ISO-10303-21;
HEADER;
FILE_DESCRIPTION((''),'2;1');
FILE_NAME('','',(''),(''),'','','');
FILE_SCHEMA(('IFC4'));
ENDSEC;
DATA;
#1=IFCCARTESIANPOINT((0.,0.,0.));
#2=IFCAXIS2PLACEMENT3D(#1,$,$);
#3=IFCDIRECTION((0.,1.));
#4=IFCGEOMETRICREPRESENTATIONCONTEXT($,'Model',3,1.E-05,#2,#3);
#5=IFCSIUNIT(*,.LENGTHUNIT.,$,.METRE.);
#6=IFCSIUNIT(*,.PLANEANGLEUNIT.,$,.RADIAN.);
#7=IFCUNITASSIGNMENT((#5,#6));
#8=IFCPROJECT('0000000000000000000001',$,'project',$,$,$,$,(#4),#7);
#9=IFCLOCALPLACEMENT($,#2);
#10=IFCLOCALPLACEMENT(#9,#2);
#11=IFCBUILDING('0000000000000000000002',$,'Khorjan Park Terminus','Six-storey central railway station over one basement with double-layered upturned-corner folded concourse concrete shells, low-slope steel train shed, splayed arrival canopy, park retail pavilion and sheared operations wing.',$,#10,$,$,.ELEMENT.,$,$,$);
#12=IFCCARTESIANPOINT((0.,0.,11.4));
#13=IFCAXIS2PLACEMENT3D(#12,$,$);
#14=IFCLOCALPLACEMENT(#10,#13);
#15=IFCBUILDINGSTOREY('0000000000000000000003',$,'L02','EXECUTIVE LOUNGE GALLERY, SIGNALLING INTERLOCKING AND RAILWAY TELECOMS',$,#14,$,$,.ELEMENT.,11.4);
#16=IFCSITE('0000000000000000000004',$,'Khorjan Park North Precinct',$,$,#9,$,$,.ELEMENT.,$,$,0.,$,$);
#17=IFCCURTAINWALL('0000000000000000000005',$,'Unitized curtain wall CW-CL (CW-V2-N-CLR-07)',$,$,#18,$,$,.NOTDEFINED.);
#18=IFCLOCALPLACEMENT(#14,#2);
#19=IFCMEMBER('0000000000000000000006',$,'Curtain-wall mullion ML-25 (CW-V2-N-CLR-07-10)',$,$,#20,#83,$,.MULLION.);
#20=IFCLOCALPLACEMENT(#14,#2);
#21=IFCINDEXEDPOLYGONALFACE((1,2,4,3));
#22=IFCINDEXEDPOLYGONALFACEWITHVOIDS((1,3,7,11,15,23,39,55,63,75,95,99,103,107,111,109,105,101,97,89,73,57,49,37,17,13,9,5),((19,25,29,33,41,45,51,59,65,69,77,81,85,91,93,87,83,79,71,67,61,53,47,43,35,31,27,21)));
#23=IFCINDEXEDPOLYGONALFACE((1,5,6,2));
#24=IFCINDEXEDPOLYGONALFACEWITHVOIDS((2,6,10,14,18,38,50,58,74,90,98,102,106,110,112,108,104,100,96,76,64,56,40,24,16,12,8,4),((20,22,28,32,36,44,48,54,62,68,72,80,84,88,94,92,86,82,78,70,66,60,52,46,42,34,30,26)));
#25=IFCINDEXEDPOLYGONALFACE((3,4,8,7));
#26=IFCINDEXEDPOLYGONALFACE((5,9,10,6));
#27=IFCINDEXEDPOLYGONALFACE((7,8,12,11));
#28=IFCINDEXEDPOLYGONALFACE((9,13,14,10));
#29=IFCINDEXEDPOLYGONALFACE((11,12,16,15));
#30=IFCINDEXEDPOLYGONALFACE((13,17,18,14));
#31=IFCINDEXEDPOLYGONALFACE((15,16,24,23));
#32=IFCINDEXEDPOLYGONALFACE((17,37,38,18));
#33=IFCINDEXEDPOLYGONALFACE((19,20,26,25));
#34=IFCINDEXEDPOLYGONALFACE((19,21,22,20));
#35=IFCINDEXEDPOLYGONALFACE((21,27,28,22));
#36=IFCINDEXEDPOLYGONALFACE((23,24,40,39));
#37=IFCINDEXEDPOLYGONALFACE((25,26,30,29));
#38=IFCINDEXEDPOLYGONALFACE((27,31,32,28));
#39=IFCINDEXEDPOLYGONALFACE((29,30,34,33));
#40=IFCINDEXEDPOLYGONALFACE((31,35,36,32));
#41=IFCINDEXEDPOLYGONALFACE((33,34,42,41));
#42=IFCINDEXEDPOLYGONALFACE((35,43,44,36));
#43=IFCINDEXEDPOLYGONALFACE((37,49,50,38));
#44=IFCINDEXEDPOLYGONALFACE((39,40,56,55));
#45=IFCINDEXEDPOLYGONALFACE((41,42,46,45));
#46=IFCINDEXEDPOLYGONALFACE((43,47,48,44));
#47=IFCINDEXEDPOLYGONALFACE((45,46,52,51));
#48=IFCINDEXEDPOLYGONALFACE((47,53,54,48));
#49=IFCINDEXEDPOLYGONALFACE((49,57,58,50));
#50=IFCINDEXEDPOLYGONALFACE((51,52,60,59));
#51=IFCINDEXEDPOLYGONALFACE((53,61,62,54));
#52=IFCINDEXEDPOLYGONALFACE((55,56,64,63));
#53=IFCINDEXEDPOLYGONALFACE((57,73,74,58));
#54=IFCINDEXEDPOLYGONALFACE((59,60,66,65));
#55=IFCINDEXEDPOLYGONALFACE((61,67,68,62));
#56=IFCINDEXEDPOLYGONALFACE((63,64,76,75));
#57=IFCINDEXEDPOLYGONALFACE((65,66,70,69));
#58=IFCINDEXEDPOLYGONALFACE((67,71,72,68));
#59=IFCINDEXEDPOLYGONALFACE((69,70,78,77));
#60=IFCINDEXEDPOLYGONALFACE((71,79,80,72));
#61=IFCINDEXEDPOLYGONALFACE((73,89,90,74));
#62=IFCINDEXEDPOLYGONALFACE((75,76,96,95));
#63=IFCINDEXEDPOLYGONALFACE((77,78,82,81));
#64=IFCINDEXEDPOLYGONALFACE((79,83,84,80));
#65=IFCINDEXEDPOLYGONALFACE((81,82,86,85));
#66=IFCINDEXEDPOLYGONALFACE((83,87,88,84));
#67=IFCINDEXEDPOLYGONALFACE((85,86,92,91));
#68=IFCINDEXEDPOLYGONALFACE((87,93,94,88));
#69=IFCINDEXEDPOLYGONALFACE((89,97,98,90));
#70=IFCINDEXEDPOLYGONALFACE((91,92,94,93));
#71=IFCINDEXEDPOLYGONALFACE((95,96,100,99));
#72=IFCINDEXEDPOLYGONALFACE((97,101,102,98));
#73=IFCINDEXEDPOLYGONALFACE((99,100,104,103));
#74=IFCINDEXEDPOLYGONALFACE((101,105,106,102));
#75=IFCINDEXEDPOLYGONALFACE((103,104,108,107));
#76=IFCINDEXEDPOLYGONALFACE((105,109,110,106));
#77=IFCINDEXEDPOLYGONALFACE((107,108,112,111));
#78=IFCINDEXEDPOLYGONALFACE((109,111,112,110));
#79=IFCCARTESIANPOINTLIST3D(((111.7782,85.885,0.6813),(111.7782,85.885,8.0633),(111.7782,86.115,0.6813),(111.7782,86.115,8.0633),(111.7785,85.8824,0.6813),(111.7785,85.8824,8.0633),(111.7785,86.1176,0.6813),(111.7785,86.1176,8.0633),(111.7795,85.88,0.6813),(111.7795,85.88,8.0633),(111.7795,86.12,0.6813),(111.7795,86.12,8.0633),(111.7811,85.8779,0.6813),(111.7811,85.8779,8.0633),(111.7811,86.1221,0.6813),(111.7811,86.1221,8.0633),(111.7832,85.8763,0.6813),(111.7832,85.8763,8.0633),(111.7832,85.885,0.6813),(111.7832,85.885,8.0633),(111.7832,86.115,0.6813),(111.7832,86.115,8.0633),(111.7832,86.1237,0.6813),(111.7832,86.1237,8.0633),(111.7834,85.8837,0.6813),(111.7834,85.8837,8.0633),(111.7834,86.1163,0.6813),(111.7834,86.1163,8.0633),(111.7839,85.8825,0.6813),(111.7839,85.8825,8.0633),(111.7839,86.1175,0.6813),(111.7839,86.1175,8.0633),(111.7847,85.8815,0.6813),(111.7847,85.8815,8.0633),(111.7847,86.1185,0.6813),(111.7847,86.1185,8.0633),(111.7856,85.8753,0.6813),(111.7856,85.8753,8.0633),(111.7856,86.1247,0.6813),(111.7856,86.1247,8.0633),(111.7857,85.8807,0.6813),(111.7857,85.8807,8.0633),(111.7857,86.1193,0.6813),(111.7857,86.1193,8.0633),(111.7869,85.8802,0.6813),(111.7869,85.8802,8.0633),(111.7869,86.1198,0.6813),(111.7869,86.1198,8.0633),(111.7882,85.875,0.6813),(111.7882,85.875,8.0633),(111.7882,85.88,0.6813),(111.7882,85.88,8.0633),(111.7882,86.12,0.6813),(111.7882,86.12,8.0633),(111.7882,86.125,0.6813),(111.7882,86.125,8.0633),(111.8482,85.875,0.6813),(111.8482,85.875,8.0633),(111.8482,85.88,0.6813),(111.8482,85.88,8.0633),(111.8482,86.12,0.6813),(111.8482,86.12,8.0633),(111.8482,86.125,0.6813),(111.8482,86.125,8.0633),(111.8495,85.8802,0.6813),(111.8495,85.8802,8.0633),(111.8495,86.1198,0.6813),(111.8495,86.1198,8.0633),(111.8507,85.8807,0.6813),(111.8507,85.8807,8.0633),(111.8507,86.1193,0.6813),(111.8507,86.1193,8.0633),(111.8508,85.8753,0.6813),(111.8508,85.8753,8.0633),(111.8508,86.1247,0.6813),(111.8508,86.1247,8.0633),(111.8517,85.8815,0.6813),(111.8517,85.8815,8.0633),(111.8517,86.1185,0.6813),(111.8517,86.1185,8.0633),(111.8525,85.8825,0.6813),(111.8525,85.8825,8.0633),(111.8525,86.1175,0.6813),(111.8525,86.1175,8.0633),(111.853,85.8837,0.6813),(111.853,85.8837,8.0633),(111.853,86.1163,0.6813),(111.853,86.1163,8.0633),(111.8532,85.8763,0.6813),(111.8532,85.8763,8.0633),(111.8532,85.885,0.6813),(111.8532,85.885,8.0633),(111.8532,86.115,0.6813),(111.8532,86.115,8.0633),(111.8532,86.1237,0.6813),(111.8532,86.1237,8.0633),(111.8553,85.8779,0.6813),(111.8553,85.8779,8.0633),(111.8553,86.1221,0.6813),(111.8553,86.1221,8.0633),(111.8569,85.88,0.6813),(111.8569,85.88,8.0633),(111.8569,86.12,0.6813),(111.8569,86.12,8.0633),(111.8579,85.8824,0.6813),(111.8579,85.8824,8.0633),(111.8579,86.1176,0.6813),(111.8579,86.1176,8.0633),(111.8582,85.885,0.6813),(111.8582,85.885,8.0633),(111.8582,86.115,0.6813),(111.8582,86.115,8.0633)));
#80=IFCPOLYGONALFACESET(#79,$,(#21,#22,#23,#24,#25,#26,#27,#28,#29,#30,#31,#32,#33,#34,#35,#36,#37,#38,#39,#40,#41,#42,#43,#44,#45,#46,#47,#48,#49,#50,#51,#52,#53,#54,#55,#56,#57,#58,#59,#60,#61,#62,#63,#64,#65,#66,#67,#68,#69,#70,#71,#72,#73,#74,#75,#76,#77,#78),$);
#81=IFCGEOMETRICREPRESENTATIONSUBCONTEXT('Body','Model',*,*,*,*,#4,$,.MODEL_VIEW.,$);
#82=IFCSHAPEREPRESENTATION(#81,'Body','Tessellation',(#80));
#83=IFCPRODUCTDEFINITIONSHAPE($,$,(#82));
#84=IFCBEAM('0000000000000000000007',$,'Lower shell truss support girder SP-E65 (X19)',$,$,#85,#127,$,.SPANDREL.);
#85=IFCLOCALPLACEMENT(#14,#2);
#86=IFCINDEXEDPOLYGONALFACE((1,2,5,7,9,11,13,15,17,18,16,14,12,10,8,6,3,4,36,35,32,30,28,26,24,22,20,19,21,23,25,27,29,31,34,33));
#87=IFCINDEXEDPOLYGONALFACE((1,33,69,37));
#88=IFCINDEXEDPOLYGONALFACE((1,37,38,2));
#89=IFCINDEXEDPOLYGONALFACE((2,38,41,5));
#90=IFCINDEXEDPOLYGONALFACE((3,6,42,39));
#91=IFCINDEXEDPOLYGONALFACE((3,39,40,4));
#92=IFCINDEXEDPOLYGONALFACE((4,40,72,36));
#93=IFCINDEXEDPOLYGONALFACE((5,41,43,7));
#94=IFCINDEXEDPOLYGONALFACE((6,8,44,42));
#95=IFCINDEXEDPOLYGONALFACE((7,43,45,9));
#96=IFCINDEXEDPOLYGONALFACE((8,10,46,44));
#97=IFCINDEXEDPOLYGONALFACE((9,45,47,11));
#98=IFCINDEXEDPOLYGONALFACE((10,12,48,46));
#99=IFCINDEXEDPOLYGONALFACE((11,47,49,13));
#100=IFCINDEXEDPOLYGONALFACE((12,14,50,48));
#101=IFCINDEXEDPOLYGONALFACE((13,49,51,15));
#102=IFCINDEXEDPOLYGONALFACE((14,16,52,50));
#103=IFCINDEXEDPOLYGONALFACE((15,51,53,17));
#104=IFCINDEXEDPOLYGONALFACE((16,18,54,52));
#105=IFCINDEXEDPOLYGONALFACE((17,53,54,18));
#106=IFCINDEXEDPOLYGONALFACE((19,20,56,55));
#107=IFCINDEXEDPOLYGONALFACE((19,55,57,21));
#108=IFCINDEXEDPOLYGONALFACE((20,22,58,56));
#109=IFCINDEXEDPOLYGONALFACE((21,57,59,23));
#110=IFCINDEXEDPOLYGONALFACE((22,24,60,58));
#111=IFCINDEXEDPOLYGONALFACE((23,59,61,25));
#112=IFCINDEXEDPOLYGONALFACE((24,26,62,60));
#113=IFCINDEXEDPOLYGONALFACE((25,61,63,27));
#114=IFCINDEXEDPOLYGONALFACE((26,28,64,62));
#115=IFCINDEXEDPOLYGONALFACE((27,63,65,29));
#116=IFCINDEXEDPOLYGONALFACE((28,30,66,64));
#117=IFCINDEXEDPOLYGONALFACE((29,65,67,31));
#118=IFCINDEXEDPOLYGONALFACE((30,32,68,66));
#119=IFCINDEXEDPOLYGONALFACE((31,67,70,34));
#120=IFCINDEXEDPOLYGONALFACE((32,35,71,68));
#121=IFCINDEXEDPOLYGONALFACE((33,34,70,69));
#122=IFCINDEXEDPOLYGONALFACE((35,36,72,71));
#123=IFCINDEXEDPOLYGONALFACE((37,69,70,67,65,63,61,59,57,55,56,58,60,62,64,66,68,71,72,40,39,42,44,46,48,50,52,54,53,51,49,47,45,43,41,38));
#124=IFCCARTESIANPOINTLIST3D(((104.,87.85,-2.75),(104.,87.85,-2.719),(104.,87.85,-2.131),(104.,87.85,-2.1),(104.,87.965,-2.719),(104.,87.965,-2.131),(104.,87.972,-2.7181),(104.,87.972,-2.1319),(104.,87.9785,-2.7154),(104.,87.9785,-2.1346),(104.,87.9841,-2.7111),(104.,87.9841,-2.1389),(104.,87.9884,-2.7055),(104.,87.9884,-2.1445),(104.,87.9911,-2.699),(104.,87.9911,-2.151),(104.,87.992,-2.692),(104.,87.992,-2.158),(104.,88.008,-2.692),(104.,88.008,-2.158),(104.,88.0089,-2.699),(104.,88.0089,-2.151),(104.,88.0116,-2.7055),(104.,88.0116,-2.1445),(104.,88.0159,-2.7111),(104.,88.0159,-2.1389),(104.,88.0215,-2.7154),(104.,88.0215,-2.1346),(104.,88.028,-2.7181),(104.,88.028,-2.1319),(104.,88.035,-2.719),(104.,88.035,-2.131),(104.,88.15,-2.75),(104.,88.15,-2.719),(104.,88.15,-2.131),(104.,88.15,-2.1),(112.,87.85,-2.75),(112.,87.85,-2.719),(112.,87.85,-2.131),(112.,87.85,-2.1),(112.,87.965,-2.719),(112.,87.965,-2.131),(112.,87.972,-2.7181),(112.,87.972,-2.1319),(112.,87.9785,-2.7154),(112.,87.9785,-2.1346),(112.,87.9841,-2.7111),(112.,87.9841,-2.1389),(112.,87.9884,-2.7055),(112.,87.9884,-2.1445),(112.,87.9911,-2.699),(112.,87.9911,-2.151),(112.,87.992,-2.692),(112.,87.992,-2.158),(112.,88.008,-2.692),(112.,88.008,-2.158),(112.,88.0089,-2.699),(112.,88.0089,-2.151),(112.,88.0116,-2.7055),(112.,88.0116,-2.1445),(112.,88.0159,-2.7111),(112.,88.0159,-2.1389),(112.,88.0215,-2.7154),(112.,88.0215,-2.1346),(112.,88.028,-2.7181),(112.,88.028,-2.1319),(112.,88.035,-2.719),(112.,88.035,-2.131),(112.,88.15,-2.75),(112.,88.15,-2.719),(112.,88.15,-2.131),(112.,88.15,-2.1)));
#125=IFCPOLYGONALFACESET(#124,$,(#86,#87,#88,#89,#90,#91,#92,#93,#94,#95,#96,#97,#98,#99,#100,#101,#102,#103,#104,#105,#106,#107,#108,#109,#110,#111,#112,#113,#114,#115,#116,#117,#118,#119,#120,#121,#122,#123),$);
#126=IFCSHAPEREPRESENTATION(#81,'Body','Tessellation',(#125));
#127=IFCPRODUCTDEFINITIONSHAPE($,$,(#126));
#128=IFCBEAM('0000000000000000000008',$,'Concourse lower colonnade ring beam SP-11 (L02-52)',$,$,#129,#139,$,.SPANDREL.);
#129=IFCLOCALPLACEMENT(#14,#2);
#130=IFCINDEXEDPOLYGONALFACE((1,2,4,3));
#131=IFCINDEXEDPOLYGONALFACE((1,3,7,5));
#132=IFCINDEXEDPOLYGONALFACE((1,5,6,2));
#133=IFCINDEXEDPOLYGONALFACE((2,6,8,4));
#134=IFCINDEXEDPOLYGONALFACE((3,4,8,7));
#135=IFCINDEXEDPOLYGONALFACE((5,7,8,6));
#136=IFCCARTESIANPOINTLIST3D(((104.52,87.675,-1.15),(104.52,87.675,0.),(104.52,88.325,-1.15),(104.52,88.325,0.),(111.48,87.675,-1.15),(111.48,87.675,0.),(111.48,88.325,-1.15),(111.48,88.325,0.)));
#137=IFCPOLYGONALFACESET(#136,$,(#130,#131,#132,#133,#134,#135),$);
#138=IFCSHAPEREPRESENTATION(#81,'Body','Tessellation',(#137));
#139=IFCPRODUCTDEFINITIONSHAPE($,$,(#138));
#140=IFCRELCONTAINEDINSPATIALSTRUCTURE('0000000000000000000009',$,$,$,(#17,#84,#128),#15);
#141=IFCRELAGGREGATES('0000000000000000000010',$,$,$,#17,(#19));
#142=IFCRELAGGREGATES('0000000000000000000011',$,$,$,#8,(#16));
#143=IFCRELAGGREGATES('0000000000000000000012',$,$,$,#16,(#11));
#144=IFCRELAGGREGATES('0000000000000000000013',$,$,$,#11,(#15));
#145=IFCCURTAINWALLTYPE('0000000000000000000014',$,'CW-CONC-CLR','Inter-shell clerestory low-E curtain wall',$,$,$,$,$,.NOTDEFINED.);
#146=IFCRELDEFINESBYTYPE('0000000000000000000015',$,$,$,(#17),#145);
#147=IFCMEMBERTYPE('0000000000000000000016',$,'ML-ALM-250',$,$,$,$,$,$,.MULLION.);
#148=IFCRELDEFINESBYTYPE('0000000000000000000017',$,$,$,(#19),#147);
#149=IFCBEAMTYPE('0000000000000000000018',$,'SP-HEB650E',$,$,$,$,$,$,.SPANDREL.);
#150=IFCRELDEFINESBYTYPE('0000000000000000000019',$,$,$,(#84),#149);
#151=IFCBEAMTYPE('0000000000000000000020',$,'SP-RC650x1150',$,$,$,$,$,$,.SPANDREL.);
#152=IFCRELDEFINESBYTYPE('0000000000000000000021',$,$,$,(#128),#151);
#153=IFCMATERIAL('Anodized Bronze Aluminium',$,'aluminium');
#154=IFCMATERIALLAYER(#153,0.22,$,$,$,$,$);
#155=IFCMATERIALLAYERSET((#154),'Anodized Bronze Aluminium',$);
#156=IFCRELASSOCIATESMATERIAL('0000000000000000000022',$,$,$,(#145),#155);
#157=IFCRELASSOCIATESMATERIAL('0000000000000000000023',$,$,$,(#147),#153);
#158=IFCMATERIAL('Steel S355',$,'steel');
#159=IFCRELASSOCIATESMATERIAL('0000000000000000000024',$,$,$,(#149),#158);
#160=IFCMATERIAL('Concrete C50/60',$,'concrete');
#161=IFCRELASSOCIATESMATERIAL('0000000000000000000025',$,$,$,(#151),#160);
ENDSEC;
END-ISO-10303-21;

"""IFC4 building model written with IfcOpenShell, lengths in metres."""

from ifc_helpers import new_model, si_unit, direction, frame, origin, origin_2d, place, context, subcontext, project, spatial, rectangle, hollow_rectangle, i_section, extrude, material, layer, layer_set, material_profile, profile_set, type_object, element, aggregate, save


model = new_model("IFC4")

# Units and contexts
model_context = context("Model", 3, precision=1e-05, world=origin(), true_north=direction((0.0, 1.0)))
body_context = subcontext(model_context, "Body", "Model", "MODEL_VIEW")
ifc_project = project(units=[si_unit("LENGTHUNIT", "METRE"), si_unit("PLANEANGLEUNIT", "RADIAN")], contexts=[model_context])

# Site, building, storey
site_placement = place(None, origin())
site = spatial("IfcSite", under=ifc_project, at=site_placement, Name="Khorjan Park North Precinct", CompositionType="ELEMENT", RefElevation=0.0)
building_placement = place(site_placement, origin())
building = spatial("IfcBuilding", under=site, at=building_placement, Name="Khorjan Park Terminus", Description="Six-storey central railway station over one basement with double-layered upturned-corner folded concourse concrete shells, low-slope steel train shed, splayed arrival canopy, park retail pavilion and sheared operations wing.", CompositionType="ELEMENT")
storey_placement = place(building_placement, frame((0.0, 0.0, 11.4)))
storey = spatial("IfcBuildingStorey", under=building, at=storey_placement, Name="L02", Description="EXECUTIVE LOUNGE GALLERY, SIGNALLING INTERLOCKING AND RAILWAY TELECOMS", CompositionType="ELEMENT", Elevation=11.4)

# Shared definitions
ifc_material_1 = material(Name="Concrete C50/60", Category="concrete")

# Shared definitions
ifc_material_2 = material(Name="Steel S355", Category="steel")

# Shared definitions
ifc_material_3 = material(Name="Anodized Bronze Aluminium", Category="aluminium")
ifc_layer_1 = layer(ifc_material_3, 0.22)
ifc_layer_set_1 = layer_set([ifc_layer_1], Name="Anodized Bronze Aluminium")
curtain_wall_type = type_object("IfcCurtainWallType", Name="CW-CONC-CLR", Description="Inter-shell clerestory low-E curtain wall", PredefinedType="NOTDEFINED", material=ifc_layer_set_1)
ifc_material_profile_1 = material_profile(ifc_material_3, hollow_rectangle(XDim=0.08, YDim=0.25, WallThickness=0.005, InnerFilletRadius=0.005, OuterFilletRadius=0.01, at=origin_2d()), Name="ALM 80x250x5")
ifc_profile_set_1 = profile_set([ifc_material_profile_1], Name="Anodized Bronze Aluminium")
member_type_1 = type_object("IfcMemberType", Name="ML-ALM-250", PredefinedType="MULLION", material=ifc_profile_set_1)

# Curtain wall, member
curtain_wall_1_placement = place(storey_placement, origin())
curtain_wall_1 = element("IfcCurtainWall", 1, at=curtain_wall_1_placement, inside=storey, type_object=curtain_wall_type, Name="Unitized curtain wall CW-CL (CW-V2-N-CLR-07)", PredefinedType="NOTDEFINED")
member_1_placement = place(storey_placement, frame((111.8182, 86.0, 0.6813), z_axis=(0.0, 0.0, 1.0), x_axis=(-1.0, 0.0, 0.0)))
member_1 = element("IfcMember", 2, at=member_1_placement, type_object=member_type_1, Name="Curtain-wall mullion ML-25 (CW-V2-N-CLR-07-10)", PredefinedType="MULLION", context=body_context, shape_type="SweptSolid", body=[
    extrude(hollow_rectangle(XDim=0.08, YDim=0.25, WallThickness=0.005, InnerFilletRadius=0.005, OuterFilletRadius=0.01, at=origin_2d()), origin(), (0.0, 0.0, 1.0), 7.382),
])

# Beams
ifc_material_profile_2 = material_profile(ifc_material_2, i_section(OverallWidth=0.3, OverallDepth=0.65, WebThickness=0.016, FlangeThickness=0.031, FilletRadius=0.027, at=origin_2d()), Name="HEB 650")
ifc_profile_set_2 = profile_set([ifc_material_profile_2], Name="Steel S355")
beam_type_1 = type_object("IfcBeamType", Name="SP-HEB650E", PredefinedType="SPANDREL", material=ifc_profile_set_2)
beam_1_placement = place(storey_placement, frame((104.0, 88.0, -2.425), z_axis=(1.0, 0.0, 0.0), x_axis=(0.0, 1.0, 0.0)))
element("IfcBeam", 3, at=beam_1_placement, inside=storey, type_object=beam_type_1, Name="Lower shell truss support girder SP-E65 (X19)", PredefinedType="SPANDREL", context=body_context, shape_type="SweptSolid", body=[
    extrude(i_section(OverallWidth=0.3, OverallDepth=0.65, WebThickness=0.016, FlangeThickness=0.031, FilletRadius=0.027, at=origin_2d()), origin(), (0.0, 0.0, 1.0), 8.0),
])
ifc_material_profile_3 = material_profile(ifc_material_1, rectangle(XDim=0.65, YDim=1.15, at=origin_2d()), Name="RC 650x1150")
ifc_profile_set_3 = profile_set([ifc_material_profile_3], Name="Concrete C50/60")
beam_type_2 = type_object("IfcBeamType", Name="SP-RC650x1150", PredefinedType="SPANDREL", material=ifc_profile_set_3)
beam_2_placement = place(storey_placement, frame((104.52, 88.0, -0.575), z_axis=(1.0, 0.0, 0.0), x_axis=(0.0, 1.0, 0.0)))
element("IfcBeam", 4, at=beam_2_placement, inside=storey, type_object=beam_type_2, Name="Concourse lower colonnade ring beam SP-11 (L02-52)", PredefinedType="SPANDREL", context=body_context, shape_type="SweptSolid", body=[
    extrude(rectangle(XDim=0.65, YDim=1.15, at=origin_2d()), origin(), (0.0, 0.0, 1.0), 6.96),
])

aggregate(curtain_wall_1, [member_1])

save(model, "model.ifc")
